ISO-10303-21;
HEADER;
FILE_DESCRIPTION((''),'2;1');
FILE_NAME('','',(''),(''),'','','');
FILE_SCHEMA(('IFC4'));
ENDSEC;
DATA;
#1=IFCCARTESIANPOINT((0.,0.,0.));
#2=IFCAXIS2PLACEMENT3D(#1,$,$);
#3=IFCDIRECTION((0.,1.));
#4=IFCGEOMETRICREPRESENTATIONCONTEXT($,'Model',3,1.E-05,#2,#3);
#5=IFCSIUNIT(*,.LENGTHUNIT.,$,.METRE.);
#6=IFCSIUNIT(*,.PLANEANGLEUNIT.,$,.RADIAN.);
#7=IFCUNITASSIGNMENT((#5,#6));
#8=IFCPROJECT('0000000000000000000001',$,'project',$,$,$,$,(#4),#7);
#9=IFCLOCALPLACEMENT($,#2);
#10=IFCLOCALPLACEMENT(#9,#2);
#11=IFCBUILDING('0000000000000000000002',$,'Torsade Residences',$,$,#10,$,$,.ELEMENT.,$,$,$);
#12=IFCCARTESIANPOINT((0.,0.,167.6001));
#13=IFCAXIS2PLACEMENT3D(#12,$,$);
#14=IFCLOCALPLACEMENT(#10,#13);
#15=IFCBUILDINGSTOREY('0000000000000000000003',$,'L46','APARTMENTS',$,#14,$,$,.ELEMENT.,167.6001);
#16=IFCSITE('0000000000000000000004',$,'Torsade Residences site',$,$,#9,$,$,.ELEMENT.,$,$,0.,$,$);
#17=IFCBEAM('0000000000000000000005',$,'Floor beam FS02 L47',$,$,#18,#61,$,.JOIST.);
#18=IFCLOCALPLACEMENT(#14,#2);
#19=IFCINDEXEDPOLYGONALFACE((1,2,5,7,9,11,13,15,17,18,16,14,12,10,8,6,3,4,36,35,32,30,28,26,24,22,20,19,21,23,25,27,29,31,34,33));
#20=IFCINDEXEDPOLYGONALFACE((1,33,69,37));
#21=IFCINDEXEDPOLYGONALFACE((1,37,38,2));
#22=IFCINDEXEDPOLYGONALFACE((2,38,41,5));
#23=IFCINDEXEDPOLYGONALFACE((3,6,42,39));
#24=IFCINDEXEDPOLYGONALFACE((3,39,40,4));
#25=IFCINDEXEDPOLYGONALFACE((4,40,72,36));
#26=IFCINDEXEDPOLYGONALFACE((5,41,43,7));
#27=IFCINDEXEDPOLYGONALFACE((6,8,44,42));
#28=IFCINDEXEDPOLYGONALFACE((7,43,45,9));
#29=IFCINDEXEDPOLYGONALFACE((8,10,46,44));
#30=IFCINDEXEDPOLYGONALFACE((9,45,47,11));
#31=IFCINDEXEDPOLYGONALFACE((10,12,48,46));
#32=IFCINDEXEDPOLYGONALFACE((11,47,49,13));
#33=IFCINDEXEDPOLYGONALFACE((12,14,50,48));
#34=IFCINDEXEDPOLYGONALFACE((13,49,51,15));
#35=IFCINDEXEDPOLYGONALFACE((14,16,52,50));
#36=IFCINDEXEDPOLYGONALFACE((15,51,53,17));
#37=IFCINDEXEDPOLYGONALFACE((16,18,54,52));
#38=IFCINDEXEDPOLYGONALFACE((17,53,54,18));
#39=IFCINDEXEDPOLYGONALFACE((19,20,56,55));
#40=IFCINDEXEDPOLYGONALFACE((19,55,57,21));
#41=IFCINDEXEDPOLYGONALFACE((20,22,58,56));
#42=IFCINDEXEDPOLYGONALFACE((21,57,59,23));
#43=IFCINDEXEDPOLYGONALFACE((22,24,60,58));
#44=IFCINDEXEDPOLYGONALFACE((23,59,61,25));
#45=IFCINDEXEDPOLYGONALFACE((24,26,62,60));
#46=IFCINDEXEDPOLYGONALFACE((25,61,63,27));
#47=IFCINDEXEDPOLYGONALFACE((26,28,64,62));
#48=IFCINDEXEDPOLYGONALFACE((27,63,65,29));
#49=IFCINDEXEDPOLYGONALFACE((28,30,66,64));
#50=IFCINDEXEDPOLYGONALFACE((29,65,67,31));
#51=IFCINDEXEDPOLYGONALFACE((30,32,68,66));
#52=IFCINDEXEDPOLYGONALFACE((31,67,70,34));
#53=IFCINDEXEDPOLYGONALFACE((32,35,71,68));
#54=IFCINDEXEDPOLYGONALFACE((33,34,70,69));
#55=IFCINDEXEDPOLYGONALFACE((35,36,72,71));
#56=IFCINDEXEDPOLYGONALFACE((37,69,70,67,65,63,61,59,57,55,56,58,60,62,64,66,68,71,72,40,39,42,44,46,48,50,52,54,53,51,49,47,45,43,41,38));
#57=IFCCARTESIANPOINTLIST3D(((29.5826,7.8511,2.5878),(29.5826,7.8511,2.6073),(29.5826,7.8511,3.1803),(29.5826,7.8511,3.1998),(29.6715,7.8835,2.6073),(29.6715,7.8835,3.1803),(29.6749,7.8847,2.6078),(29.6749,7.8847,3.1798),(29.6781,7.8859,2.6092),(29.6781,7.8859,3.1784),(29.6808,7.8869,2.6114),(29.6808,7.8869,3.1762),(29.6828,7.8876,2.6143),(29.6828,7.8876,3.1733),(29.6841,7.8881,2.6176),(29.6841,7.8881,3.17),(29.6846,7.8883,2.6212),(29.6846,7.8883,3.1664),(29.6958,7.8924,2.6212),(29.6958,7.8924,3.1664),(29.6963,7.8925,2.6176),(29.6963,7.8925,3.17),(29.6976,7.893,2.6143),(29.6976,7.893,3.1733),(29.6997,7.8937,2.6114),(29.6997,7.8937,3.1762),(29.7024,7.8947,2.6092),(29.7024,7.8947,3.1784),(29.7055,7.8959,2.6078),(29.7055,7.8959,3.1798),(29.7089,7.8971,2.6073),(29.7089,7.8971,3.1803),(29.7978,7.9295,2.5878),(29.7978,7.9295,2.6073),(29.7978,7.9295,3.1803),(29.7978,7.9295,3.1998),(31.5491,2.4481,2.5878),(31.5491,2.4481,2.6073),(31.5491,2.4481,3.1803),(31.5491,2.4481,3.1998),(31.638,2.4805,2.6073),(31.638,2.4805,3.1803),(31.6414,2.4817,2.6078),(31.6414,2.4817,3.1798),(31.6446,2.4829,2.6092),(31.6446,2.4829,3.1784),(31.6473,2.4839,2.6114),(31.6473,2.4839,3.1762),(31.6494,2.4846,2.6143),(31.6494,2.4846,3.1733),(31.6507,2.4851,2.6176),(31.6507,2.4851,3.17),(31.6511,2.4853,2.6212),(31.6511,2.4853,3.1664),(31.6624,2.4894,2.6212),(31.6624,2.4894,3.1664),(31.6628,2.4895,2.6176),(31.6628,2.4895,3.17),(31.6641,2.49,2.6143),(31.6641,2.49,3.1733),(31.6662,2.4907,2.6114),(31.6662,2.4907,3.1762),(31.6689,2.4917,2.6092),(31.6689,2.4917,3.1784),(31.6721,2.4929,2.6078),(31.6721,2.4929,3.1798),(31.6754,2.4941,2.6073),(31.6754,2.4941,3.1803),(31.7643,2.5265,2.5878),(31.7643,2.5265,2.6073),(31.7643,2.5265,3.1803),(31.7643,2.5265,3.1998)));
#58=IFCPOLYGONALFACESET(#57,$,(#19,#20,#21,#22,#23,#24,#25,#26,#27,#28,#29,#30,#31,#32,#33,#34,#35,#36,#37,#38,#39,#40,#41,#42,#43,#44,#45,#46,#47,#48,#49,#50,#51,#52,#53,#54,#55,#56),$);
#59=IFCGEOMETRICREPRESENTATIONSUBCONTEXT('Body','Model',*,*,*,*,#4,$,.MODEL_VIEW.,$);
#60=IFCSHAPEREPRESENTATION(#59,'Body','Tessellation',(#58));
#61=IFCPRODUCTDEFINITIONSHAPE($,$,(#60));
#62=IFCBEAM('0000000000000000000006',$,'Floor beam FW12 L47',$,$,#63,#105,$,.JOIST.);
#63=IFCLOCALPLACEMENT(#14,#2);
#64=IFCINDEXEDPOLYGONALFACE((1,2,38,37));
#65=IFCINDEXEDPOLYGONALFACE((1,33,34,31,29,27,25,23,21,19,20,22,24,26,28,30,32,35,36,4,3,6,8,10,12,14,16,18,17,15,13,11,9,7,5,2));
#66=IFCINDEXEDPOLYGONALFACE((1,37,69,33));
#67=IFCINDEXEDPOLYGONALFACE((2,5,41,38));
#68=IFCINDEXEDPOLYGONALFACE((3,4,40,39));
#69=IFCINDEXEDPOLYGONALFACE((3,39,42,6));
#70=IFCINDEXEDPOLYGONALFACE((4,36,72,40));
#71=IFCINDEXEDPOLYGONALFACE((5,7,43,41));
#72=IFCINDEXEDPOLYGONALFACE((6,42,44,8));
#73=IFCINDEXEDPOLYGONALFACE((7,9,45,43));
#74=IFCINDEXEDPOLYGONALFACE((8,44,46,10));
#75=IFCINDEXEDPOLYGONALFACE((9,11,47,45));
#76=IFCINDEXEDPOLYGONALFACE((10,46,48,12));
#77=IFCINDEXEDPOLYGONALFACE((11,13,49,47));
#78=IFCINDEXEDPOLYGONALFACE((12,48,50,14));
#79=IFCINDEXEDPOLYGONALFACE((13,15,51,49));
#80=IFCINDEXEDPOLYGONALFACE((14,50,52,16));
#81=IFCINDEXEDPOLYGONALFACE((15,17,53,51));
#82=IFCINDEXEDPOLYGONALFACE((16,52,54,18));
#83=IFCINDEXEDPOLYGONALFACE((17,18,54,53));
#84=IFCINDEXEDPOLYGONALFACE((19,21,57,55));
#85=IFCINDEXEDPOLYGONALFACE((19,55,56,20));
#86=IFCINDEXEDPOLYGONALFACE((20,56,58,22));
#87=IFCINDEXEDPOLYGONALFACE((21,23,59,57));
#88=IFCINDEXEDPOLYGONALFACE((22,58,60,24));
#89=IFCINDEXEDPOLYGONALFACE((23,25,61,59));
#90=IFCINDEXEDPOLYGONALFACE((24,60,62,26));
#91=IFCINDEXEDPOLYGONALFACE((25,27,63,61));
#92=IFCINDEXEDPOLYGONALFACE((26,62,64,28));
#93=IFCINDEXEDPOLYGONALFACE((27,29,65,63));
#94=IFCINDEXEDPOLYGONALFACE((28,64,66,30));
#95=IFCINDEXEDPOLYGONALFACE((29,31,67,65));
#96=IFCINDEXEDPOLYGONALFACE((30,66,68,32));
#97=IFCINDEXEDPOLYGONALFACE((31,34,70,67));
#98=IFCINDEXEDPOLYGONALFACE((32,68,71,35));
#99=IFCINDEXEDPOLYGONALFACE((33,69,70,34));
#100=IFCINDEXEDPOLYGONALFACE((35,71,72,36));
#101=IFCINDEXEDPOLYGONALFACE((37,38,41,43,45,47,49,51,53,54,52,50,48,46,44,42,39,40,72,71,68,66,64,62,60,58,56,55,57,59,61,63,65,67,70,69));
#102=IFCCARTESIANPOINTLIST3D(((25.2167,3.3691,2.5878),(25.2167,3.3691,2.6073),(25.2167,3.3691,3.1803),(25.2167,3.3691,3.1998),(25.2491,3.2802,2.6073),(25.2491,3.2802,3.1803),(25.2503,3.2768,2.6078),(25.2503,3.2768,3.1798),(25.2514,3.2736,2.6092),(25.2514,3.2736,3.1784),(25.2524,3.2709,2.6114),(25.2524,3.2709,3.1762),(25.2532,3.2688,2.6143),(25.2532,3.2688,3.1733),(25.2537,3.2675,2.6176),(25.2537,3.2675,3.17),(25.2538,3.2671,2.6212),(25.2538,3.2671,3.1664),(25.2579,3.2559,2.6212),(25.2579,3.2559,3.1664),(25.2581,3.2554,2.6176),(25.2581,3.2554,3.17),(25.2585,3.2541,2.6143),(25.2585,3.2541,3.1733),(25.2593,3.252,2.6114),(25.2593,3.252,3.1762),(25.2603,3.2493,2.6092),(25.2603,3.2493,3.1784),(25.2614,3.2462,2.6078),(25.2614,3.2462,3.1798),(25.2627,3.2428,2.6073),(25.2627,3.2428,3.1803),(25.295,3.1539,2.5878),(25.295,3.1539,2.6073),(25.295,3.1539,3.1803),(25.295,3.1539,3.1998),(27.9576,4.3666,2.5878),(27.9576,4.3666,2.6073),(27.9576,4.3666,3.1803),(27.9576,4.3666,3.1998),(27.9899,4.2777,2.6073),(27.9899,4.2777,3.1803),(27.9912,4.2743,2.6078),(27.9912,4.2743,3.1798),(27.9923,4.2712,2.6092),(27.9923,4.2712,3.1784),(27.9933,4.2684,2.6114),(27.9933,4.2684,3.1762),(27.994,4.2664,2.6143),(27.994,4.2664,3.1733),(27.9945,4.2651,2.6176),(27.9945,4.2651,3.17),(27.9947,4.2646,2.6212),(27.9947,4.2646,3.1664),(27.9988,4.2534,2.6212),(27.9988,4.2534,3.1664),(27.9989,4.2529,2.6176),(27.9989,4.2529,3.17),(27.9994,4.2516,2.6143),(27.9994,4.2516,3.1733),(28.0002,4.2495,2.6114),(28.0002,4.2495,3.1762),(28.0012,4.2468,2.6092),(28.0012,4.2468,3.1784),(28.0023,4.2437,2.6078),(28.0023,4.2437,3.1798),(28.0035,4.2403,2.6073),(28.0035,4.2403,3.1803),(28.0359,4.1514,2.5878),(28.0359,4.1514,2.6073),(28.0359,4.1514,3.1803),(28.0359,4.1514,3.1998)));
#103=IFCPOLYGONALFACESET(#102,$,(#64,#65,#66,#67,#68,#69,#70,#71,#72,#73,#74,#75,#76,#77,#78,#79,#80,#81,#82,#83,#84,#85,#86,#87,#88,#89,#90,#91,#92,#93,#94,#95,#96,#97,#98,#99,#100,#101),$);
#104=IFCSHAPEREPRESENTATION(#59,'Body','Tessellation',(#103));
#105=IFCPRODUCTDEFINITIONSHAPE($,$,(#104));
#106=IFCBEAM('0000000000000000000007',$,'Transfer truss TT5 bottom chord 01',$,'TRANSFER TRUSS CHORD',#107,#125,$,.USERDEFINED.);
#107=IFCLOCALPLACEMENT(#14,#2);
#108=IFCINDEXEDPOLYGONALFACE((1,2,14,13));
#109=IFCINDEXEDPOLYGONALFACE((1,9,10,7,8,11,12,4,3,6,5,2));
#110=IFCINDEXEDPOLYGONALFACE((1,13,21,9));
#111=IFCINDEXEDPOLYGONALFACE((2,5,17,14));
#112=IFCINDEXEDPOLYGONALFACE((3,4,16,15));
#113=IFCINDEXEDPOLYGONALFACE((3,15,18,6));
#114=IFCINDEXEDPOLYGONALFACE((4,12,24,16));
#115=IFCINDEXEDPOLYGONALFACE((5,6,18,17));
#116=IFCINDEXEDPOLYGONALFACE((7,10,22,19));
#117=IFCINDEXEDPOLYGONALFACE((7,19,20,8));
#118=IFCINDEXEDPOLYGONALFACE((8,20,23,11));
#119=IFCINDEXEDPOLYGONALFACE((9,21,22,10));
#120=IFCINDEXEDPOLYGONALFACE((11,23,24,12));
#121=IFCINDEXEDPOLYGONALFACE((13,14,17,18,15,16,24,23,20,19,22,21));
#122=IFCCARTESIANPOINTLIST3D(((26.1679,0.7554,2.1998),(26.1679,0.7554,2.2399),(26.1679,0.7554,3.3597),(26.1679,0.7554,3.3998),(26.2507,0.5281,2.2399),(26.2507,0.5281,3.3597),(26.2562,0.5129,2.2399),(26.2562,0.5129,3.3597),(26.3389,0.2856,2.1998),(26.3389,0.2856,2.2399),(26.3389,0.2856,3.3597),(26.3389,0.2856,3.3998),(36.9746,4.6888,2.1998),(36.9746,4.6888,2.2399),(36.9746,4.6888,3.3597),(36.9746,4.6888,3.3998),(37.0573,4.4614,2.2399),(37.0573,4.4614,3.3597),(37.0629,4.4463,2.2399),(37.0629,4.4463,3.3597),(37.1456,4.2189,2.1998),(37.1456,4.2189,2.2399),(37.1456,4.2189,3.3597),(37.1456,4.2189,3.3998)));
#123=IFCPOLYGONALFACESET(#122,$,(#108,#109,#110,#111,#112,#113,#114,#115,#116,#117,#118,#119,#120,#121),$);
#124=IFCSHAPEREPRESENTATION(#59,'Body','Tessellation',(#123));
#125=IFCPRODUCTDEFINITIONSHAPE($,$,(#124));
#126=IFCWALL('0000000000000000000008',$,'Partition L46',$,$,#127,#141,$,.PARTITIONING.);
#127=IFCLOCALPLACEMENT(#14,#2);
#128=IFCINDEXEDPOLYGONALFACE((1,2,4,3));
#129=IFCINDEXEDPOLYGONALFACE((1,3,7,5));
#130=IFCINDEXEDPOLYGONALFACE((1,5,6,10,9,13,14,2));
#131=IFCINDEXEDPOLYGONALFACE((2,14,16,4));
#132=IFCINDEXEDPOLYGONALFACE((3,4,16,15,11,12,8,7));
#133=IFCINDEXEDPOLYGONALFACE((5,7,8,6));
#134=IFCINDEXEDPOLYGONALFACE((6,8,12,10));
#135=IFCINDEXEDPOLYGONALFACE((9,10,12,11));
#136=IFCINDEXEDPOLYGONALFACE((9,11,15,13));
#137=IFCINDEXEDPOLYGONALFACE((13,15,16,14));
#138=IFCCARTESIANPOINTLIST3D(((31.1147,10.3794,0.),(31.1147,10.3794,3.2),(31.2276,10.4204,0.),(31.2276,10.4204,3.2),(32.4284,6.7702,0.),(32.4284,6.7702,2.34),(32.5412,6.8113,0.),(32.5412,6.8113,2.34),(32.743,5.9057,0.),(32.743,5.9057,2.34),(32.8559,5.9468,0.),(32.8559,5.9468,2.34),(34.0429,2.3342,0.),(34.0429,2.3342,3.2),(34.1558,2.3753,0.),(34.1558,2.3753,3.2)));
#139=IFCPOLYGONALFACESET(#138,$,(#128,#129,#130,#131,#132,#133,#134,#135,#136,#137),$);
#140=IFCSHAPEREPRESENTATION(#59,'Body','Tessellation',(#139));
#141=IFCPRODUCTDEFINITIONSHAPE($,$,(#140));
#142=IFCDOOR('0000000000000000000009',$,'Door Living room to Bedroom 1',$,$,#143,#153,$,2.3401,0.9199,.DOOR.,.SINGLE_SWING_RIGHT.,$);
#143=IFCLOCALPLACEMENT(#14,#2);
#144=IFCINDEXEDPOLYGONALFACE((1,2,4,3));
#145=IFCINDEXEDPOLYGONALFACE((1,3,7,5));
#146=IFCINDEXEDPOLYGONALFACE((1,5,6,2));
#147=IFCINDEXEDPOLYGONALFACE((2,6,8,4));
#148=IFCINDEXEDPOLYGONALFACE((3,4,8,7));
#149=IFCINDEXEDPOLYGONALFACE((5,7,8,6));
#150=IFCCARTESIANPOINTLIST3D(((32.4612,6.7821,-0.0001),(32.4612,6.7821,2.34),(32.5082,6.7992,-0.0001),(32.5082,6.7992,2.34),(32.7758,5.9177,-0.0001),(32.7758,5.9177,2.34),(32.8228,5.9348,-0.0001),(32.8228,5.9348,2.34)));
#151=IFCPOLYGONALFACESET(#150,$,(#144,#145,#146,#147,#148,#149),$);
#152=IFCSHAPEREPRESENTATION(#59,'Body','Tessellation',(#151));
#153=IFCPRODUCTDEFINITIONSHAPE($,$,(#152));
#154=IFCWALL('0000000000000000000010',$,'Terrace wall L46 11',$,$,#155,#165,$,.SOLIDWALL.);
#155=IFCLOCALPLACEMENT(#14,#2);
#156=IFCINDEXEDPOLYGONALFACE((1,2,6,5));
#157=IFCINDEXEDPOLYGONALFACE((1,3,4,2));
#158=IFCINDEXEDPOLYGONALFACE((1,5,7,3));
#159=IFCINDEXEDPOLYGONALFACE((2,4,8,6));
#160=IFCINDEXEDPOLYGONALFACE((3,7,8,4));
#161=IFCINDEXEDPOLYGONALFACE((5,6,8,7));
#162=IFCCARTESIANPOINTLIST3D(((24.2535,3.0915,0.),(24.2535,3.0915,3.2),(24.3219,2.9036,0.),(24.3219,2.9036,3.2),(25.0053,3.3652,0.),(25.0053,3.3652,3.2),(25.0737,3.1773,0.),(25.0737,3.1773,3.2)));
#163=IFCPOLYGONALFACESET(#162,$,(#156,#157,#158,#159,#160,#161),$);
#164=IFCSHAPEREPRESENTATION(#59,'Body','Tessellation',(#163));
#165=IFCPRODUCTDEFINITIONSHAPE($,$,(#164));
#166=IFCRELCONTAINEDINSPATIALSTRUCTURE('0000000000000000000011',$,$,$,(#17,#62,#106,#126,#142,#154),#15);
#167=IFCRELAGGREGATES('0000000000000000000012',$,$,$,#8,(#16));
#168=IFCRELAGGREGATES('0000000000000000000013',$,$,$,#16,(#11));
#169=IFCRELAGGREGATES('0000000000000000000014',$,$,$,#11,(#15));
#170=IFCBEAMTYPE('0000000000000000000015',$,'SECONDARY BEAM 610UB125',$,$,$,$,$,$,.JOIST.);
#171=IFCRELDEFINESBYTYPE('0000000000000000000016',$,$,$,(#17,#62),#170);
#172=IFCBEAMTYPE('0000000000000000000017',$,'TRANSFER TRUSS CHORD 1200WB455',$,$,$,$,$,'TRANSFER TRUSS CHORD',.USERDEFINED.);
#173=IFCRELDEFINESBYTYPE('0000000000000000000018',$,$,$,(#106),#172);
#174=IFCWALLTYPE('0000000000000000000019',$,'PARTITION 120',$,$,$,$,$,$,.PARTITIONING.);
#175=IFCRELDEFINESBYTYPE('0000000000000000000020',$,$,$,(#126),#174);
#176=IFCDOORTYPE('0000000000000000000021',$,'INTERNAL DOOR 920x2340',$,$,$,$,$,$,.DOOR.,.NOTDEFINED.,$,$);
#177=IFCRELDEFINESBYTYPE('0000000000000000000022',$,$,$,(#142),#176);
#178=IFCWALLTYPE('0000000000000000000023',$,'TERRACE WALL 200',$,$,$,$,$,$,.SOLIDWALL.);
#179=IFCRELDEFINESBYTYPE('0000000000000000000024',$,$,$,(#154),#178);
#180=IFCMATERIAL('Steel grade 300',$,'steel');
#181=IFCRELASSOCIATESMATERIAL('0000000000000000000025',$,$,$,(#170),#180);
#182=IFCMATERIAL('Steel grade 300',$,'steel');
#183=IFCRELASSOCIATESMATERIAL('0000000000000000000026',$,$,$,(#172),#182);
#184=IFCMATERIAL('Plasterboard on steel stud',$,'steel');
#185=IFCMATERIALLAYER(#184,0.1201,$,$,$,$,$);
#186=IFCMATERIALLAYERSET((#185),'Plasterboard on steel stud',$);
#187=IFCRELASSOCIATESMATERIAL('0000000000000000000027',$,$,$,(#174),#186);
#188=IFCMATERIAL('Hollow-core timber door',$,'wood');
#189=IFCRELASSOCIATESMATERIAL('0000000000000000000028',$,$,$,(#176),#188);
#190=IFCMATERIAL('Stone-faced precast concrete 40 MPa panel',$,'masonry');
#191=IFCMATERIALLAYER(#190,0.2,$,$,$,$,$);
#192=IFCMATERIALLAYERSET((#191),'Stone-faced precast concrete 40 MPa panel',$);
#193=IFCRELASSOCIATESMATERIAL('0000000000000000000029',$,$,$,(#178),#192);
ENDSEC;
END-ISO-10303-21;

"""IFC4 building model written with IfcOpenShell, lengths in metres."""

from ifc_helpers import new_model, si_unit, direction, frame, frame_2d, origin, origin_2d, place, context, subcontext, project, spatial, rectangle, i_section, extrude, material, layer, layer_set, material_profile, profile_set, type_object, element, fill, save


model = new_model("IFC4")

# Units and contexts
model_context = context("Model", 3, precision=1e-05, world=origin(), true_north=direction((0.0, 1.0)))
body_context = subcontext(model_context, "Body", "Model", "MODEL_VIEW")
ifc_project = project(units=[si_unit("LENGTHUNIT", "METRE"), si_unit("PLANEANGLEUNIT", "RADIAN")], contexts=[model_context])

# Site, building, storey
site_placement = place(None, origin())
site = spatial("IfcSite", under=ifc_project, at=site_placement, Name="Torsade Residences site", CompositionType="ELEMENT", RefElevation=0.0)
building_placement = place(site_placement, origin())
building = spatial("IfcBuilding", under=site, at=building_placement, Name="Torsade Residences", CompositionType="ELEMENT")
storey_placement = place(building_placement, frame((0.0, 0.0, 167.6001)))
storey = spatial("IfcBuildingStorey", under=building, at=storey_placement, Name="L46", Description="APARTMENTS", CompositionType="ELEMENT", Elevation=167.6001)

# Beams
ifc_material_1 = material(Name="Steel grade 300", Category="steel")
ifc_material_profile_1 = material_profile(ifc_material_1, i_section(OverallWidth=0.229, OverallDepth=0.6121, WebThickness=0.012, FlangeThickness=0.0195, FilletRadius=0.0139, at=origin_2d()), Name="610UB125")
ifc_profile_set_1 = profile_set([ifc_material_profile_1], Name="Steel grade 300")
beam_type_1 = type_object("IfcBeamType", Name="SECONDARY BEAM 610UB125", PredefinedType="JOIST", material=ifc_profile_set_1)
beam_1_placement = place(storey_placement, frame((31.6567, 2.4873, 2.8938), z_axis=(-0.342019, 0.939693, 0.0), x_axis=(-0.939693, -0.342019, 0.0)))
element("IfcBeam", 1, at=beam_1_placement, inside=storey, type_object=beam_type_1, Name="Floor beam FS02 L47", PredefinedType="JOIST", context=body_context, shape_type="SweptSolid", body=[
    extrude(i_section(OverallWidth=0.229, OverallDepth=0.6121, WebThickness=0.012, FlangeThickness=0.0195, FilletRadius=0.0139, at=origin_2d()), origin(), (0.0, 0.0, 1.0), 5.7498),
])
beam_2_placement = place(storey_placement, frame((25.2559, 3.2615, 2.8938), z_axis=(0.939701, 0.341998, 0.0), x_axis=(-0.341998, 0.939701, 0.0)))
element("IfcBeam", 2, at=beam_2_placement, inside=storey, type_object=beam_type_1, Name="Floor beam FW12 L47", PredefinedType="JOIST", context=body_context, shape_type="SweptSolid", body=[
    extrude(i_section(OverallWidth=0.229, OverallDepth=0.6121, WebThickness=0.012, FlangeThickness=0.0195, FilletRadius=0.0139, at=origin_2d()), origin(), (0.0, 0.0, 1.0), 2.9167),
])
ifc_material_2 = material(Name="Steel grade 300", Category="steel")
ifc_material_profile_2 = material_profile(ifc_material_2, i_section(OverallWidth=0.5, OverallDepth=1.2, WebThickness=0.0161, FlangeThickness=0.04, at=origin_2d()), Name="1200WB455")
ifc_profile_set_2 = profile_set([ifc_material_profile_2], Name="Steel grade 300")
beam_type_2 = type_object("IfcBeamType", Name="TRANSFER TRUSS CHORD 1200WB455", ElementType="TRANSFER TRUSS CHORD", PredefinedType="USERDEFINED", material=ifc_profile_set_2)
beam_3_placement = place(storey_placement, frame((26.2534, 0.5205, 2.7998), z_axis=(0.939691, 0.342024, 0.0), x_axis=(-0.342024, 0.939691, 0.0)))
element("IfcBeam", 3, at=beam_3_placement, inside=storey, type_object=beam_type_2, Name="Transfer truss TT5 bottom chord 01", ObjectType="TRANSFER TRUSS CHORD", PredefinedType="USERDEFINED", context=body_context, shape_type="SweptSolid", body=[
    extrude(i_section(OverallWidth=0.5, OverallDepth=1.2, WebThickness=0.0161, FlangeThickness=0.04, at=origin_2d()), origin(), (0.0, 0.0, 1.0), 11.5002),
])

# Wall, opening, door
ifc_material_3 = material(Name="Plasterboard on steel stud", Category="steel")
ifc_layer_1 = layer(ifc_material_3, 0.1201)
ifc_layer_set_1 = layer_set([ifc_layer_1], Name="Plasterboard on steel stud")
wall_type_1 = type_object("IfcWallType", Name="PARTITION 120", PredefinedType="PARTITIONING", material=ifc_layer_set_1)
wall_1_placement = place(storey_placement, frame((31.1711, 10.3999, 0.0), z_axis=(0.0, 0.0, 1.0), x_axis=(0.342022, -0.939692, 0.0)))
wall_1 = element("IfcWall", 4, at=wall_1_placement, inside=storey, type_object=wall_type_1, Name="Partition L46", PredefinedType="PARTITIONING", context=body_context, shape_type="SweptSolid", body=[
    extrude(rectangle(XDim=8.5615, YDim=0.1201, at=frame_2d((4.2808, 0.0))), origin(), (0.0, 0.0, 1.0), 3.2),
])
opening_1_placement = place(wall_1_placement, frame((3.8408, 0.0, 0.0)))
opening_1 = element("IfcOpeningElement", 5, at=opening_1_placement, cuts=wall_1, PredefinedType="OPENING", context=body_context, shape_type="SweptSolid", body=[
    extrude(rectangle(XDim=0.9199, YDim=2.3401, at=frame_2d((0.46, 1.1699))), frame((0.0, 0.0701, 0.0), z_axis=(0.0, -1.0, 0.0), x_axis=(1.0, 0.0, 0.0)), (0.0, 0.0, 1.0), 0.1401),
])
ifc_material_4 = material(Name="Hollow-core timber door", Category="wood")
door_type_1 = type_object("IfcDoorType", Name="INTERNAL DOOR 920x2340", OperationType="NOTDEFINED", PredefinedType="DOOR", material=ifc_material_4)
door_1_placement = place(opening_1_placement, origin())
door_1 = element("IfcDoor", 6, at=door_1_placement, inside=storey, type_object=door_type_1, Name="Door Living room to Bedroom 1", OperationType="SINGLE_SWING_RIGHT", OverallHeight=2.3401, OverallWidth=0.9199, PredefinedType="DOOR", context=body_context, shape_type="SweptSolid", body=[
    extrude(rectangle(XDim=0.9199, YDim=2.3401, at=frame_2d((0.46, 1.1699))), frame((0.0, 0.0249, 0.0), z_axis=(0.0, -1.0, 0.0), x_axis=(1.0, 0.0, 0.0)), (0.0, 0.0, 1.0), 0.05),
])
fill(opening_1, door_1)

# Wall
ifc_material_5 = material(Name="Stone-faced precast concrete 40 MPa panel", Category="masonry")
ifc_layer_2 = layer(ifc_material_5, 0.2)
ifc_layer_set_2 = layer_set([ifc_layer_2], Name="Stone-faced precast concrete 40 MPa panel")
wall_type_2 = type_object("IfcWallType", Name="TERRACE WALL 200", PredefinedType="SOLIDWALL", material=ifc_layer_set_2)
wall_2_placement = place(storey_placement, frame((24.2878, 2.9976, 0.0), z_axis=(0.0, 0.0, 1.0), x_axis=(0.93966, 0.342111, 0.0)))
element("IfcWall", 7, at=wall_2_placement, inside=storey, type_object=wall_type_2, Name="Terrace wall L46 11", PredefinedType="SOLIDWALL", context=body_context, shape_type="SweptSolid", body=[
    extrude(rectangle(XDim=0.8, YDim=0.2, at=frame_2d((0.3999, 0.0))), origin(), (0.0, 0.0, 1.0), 3.2),
])

save(model, "model.ifc")
